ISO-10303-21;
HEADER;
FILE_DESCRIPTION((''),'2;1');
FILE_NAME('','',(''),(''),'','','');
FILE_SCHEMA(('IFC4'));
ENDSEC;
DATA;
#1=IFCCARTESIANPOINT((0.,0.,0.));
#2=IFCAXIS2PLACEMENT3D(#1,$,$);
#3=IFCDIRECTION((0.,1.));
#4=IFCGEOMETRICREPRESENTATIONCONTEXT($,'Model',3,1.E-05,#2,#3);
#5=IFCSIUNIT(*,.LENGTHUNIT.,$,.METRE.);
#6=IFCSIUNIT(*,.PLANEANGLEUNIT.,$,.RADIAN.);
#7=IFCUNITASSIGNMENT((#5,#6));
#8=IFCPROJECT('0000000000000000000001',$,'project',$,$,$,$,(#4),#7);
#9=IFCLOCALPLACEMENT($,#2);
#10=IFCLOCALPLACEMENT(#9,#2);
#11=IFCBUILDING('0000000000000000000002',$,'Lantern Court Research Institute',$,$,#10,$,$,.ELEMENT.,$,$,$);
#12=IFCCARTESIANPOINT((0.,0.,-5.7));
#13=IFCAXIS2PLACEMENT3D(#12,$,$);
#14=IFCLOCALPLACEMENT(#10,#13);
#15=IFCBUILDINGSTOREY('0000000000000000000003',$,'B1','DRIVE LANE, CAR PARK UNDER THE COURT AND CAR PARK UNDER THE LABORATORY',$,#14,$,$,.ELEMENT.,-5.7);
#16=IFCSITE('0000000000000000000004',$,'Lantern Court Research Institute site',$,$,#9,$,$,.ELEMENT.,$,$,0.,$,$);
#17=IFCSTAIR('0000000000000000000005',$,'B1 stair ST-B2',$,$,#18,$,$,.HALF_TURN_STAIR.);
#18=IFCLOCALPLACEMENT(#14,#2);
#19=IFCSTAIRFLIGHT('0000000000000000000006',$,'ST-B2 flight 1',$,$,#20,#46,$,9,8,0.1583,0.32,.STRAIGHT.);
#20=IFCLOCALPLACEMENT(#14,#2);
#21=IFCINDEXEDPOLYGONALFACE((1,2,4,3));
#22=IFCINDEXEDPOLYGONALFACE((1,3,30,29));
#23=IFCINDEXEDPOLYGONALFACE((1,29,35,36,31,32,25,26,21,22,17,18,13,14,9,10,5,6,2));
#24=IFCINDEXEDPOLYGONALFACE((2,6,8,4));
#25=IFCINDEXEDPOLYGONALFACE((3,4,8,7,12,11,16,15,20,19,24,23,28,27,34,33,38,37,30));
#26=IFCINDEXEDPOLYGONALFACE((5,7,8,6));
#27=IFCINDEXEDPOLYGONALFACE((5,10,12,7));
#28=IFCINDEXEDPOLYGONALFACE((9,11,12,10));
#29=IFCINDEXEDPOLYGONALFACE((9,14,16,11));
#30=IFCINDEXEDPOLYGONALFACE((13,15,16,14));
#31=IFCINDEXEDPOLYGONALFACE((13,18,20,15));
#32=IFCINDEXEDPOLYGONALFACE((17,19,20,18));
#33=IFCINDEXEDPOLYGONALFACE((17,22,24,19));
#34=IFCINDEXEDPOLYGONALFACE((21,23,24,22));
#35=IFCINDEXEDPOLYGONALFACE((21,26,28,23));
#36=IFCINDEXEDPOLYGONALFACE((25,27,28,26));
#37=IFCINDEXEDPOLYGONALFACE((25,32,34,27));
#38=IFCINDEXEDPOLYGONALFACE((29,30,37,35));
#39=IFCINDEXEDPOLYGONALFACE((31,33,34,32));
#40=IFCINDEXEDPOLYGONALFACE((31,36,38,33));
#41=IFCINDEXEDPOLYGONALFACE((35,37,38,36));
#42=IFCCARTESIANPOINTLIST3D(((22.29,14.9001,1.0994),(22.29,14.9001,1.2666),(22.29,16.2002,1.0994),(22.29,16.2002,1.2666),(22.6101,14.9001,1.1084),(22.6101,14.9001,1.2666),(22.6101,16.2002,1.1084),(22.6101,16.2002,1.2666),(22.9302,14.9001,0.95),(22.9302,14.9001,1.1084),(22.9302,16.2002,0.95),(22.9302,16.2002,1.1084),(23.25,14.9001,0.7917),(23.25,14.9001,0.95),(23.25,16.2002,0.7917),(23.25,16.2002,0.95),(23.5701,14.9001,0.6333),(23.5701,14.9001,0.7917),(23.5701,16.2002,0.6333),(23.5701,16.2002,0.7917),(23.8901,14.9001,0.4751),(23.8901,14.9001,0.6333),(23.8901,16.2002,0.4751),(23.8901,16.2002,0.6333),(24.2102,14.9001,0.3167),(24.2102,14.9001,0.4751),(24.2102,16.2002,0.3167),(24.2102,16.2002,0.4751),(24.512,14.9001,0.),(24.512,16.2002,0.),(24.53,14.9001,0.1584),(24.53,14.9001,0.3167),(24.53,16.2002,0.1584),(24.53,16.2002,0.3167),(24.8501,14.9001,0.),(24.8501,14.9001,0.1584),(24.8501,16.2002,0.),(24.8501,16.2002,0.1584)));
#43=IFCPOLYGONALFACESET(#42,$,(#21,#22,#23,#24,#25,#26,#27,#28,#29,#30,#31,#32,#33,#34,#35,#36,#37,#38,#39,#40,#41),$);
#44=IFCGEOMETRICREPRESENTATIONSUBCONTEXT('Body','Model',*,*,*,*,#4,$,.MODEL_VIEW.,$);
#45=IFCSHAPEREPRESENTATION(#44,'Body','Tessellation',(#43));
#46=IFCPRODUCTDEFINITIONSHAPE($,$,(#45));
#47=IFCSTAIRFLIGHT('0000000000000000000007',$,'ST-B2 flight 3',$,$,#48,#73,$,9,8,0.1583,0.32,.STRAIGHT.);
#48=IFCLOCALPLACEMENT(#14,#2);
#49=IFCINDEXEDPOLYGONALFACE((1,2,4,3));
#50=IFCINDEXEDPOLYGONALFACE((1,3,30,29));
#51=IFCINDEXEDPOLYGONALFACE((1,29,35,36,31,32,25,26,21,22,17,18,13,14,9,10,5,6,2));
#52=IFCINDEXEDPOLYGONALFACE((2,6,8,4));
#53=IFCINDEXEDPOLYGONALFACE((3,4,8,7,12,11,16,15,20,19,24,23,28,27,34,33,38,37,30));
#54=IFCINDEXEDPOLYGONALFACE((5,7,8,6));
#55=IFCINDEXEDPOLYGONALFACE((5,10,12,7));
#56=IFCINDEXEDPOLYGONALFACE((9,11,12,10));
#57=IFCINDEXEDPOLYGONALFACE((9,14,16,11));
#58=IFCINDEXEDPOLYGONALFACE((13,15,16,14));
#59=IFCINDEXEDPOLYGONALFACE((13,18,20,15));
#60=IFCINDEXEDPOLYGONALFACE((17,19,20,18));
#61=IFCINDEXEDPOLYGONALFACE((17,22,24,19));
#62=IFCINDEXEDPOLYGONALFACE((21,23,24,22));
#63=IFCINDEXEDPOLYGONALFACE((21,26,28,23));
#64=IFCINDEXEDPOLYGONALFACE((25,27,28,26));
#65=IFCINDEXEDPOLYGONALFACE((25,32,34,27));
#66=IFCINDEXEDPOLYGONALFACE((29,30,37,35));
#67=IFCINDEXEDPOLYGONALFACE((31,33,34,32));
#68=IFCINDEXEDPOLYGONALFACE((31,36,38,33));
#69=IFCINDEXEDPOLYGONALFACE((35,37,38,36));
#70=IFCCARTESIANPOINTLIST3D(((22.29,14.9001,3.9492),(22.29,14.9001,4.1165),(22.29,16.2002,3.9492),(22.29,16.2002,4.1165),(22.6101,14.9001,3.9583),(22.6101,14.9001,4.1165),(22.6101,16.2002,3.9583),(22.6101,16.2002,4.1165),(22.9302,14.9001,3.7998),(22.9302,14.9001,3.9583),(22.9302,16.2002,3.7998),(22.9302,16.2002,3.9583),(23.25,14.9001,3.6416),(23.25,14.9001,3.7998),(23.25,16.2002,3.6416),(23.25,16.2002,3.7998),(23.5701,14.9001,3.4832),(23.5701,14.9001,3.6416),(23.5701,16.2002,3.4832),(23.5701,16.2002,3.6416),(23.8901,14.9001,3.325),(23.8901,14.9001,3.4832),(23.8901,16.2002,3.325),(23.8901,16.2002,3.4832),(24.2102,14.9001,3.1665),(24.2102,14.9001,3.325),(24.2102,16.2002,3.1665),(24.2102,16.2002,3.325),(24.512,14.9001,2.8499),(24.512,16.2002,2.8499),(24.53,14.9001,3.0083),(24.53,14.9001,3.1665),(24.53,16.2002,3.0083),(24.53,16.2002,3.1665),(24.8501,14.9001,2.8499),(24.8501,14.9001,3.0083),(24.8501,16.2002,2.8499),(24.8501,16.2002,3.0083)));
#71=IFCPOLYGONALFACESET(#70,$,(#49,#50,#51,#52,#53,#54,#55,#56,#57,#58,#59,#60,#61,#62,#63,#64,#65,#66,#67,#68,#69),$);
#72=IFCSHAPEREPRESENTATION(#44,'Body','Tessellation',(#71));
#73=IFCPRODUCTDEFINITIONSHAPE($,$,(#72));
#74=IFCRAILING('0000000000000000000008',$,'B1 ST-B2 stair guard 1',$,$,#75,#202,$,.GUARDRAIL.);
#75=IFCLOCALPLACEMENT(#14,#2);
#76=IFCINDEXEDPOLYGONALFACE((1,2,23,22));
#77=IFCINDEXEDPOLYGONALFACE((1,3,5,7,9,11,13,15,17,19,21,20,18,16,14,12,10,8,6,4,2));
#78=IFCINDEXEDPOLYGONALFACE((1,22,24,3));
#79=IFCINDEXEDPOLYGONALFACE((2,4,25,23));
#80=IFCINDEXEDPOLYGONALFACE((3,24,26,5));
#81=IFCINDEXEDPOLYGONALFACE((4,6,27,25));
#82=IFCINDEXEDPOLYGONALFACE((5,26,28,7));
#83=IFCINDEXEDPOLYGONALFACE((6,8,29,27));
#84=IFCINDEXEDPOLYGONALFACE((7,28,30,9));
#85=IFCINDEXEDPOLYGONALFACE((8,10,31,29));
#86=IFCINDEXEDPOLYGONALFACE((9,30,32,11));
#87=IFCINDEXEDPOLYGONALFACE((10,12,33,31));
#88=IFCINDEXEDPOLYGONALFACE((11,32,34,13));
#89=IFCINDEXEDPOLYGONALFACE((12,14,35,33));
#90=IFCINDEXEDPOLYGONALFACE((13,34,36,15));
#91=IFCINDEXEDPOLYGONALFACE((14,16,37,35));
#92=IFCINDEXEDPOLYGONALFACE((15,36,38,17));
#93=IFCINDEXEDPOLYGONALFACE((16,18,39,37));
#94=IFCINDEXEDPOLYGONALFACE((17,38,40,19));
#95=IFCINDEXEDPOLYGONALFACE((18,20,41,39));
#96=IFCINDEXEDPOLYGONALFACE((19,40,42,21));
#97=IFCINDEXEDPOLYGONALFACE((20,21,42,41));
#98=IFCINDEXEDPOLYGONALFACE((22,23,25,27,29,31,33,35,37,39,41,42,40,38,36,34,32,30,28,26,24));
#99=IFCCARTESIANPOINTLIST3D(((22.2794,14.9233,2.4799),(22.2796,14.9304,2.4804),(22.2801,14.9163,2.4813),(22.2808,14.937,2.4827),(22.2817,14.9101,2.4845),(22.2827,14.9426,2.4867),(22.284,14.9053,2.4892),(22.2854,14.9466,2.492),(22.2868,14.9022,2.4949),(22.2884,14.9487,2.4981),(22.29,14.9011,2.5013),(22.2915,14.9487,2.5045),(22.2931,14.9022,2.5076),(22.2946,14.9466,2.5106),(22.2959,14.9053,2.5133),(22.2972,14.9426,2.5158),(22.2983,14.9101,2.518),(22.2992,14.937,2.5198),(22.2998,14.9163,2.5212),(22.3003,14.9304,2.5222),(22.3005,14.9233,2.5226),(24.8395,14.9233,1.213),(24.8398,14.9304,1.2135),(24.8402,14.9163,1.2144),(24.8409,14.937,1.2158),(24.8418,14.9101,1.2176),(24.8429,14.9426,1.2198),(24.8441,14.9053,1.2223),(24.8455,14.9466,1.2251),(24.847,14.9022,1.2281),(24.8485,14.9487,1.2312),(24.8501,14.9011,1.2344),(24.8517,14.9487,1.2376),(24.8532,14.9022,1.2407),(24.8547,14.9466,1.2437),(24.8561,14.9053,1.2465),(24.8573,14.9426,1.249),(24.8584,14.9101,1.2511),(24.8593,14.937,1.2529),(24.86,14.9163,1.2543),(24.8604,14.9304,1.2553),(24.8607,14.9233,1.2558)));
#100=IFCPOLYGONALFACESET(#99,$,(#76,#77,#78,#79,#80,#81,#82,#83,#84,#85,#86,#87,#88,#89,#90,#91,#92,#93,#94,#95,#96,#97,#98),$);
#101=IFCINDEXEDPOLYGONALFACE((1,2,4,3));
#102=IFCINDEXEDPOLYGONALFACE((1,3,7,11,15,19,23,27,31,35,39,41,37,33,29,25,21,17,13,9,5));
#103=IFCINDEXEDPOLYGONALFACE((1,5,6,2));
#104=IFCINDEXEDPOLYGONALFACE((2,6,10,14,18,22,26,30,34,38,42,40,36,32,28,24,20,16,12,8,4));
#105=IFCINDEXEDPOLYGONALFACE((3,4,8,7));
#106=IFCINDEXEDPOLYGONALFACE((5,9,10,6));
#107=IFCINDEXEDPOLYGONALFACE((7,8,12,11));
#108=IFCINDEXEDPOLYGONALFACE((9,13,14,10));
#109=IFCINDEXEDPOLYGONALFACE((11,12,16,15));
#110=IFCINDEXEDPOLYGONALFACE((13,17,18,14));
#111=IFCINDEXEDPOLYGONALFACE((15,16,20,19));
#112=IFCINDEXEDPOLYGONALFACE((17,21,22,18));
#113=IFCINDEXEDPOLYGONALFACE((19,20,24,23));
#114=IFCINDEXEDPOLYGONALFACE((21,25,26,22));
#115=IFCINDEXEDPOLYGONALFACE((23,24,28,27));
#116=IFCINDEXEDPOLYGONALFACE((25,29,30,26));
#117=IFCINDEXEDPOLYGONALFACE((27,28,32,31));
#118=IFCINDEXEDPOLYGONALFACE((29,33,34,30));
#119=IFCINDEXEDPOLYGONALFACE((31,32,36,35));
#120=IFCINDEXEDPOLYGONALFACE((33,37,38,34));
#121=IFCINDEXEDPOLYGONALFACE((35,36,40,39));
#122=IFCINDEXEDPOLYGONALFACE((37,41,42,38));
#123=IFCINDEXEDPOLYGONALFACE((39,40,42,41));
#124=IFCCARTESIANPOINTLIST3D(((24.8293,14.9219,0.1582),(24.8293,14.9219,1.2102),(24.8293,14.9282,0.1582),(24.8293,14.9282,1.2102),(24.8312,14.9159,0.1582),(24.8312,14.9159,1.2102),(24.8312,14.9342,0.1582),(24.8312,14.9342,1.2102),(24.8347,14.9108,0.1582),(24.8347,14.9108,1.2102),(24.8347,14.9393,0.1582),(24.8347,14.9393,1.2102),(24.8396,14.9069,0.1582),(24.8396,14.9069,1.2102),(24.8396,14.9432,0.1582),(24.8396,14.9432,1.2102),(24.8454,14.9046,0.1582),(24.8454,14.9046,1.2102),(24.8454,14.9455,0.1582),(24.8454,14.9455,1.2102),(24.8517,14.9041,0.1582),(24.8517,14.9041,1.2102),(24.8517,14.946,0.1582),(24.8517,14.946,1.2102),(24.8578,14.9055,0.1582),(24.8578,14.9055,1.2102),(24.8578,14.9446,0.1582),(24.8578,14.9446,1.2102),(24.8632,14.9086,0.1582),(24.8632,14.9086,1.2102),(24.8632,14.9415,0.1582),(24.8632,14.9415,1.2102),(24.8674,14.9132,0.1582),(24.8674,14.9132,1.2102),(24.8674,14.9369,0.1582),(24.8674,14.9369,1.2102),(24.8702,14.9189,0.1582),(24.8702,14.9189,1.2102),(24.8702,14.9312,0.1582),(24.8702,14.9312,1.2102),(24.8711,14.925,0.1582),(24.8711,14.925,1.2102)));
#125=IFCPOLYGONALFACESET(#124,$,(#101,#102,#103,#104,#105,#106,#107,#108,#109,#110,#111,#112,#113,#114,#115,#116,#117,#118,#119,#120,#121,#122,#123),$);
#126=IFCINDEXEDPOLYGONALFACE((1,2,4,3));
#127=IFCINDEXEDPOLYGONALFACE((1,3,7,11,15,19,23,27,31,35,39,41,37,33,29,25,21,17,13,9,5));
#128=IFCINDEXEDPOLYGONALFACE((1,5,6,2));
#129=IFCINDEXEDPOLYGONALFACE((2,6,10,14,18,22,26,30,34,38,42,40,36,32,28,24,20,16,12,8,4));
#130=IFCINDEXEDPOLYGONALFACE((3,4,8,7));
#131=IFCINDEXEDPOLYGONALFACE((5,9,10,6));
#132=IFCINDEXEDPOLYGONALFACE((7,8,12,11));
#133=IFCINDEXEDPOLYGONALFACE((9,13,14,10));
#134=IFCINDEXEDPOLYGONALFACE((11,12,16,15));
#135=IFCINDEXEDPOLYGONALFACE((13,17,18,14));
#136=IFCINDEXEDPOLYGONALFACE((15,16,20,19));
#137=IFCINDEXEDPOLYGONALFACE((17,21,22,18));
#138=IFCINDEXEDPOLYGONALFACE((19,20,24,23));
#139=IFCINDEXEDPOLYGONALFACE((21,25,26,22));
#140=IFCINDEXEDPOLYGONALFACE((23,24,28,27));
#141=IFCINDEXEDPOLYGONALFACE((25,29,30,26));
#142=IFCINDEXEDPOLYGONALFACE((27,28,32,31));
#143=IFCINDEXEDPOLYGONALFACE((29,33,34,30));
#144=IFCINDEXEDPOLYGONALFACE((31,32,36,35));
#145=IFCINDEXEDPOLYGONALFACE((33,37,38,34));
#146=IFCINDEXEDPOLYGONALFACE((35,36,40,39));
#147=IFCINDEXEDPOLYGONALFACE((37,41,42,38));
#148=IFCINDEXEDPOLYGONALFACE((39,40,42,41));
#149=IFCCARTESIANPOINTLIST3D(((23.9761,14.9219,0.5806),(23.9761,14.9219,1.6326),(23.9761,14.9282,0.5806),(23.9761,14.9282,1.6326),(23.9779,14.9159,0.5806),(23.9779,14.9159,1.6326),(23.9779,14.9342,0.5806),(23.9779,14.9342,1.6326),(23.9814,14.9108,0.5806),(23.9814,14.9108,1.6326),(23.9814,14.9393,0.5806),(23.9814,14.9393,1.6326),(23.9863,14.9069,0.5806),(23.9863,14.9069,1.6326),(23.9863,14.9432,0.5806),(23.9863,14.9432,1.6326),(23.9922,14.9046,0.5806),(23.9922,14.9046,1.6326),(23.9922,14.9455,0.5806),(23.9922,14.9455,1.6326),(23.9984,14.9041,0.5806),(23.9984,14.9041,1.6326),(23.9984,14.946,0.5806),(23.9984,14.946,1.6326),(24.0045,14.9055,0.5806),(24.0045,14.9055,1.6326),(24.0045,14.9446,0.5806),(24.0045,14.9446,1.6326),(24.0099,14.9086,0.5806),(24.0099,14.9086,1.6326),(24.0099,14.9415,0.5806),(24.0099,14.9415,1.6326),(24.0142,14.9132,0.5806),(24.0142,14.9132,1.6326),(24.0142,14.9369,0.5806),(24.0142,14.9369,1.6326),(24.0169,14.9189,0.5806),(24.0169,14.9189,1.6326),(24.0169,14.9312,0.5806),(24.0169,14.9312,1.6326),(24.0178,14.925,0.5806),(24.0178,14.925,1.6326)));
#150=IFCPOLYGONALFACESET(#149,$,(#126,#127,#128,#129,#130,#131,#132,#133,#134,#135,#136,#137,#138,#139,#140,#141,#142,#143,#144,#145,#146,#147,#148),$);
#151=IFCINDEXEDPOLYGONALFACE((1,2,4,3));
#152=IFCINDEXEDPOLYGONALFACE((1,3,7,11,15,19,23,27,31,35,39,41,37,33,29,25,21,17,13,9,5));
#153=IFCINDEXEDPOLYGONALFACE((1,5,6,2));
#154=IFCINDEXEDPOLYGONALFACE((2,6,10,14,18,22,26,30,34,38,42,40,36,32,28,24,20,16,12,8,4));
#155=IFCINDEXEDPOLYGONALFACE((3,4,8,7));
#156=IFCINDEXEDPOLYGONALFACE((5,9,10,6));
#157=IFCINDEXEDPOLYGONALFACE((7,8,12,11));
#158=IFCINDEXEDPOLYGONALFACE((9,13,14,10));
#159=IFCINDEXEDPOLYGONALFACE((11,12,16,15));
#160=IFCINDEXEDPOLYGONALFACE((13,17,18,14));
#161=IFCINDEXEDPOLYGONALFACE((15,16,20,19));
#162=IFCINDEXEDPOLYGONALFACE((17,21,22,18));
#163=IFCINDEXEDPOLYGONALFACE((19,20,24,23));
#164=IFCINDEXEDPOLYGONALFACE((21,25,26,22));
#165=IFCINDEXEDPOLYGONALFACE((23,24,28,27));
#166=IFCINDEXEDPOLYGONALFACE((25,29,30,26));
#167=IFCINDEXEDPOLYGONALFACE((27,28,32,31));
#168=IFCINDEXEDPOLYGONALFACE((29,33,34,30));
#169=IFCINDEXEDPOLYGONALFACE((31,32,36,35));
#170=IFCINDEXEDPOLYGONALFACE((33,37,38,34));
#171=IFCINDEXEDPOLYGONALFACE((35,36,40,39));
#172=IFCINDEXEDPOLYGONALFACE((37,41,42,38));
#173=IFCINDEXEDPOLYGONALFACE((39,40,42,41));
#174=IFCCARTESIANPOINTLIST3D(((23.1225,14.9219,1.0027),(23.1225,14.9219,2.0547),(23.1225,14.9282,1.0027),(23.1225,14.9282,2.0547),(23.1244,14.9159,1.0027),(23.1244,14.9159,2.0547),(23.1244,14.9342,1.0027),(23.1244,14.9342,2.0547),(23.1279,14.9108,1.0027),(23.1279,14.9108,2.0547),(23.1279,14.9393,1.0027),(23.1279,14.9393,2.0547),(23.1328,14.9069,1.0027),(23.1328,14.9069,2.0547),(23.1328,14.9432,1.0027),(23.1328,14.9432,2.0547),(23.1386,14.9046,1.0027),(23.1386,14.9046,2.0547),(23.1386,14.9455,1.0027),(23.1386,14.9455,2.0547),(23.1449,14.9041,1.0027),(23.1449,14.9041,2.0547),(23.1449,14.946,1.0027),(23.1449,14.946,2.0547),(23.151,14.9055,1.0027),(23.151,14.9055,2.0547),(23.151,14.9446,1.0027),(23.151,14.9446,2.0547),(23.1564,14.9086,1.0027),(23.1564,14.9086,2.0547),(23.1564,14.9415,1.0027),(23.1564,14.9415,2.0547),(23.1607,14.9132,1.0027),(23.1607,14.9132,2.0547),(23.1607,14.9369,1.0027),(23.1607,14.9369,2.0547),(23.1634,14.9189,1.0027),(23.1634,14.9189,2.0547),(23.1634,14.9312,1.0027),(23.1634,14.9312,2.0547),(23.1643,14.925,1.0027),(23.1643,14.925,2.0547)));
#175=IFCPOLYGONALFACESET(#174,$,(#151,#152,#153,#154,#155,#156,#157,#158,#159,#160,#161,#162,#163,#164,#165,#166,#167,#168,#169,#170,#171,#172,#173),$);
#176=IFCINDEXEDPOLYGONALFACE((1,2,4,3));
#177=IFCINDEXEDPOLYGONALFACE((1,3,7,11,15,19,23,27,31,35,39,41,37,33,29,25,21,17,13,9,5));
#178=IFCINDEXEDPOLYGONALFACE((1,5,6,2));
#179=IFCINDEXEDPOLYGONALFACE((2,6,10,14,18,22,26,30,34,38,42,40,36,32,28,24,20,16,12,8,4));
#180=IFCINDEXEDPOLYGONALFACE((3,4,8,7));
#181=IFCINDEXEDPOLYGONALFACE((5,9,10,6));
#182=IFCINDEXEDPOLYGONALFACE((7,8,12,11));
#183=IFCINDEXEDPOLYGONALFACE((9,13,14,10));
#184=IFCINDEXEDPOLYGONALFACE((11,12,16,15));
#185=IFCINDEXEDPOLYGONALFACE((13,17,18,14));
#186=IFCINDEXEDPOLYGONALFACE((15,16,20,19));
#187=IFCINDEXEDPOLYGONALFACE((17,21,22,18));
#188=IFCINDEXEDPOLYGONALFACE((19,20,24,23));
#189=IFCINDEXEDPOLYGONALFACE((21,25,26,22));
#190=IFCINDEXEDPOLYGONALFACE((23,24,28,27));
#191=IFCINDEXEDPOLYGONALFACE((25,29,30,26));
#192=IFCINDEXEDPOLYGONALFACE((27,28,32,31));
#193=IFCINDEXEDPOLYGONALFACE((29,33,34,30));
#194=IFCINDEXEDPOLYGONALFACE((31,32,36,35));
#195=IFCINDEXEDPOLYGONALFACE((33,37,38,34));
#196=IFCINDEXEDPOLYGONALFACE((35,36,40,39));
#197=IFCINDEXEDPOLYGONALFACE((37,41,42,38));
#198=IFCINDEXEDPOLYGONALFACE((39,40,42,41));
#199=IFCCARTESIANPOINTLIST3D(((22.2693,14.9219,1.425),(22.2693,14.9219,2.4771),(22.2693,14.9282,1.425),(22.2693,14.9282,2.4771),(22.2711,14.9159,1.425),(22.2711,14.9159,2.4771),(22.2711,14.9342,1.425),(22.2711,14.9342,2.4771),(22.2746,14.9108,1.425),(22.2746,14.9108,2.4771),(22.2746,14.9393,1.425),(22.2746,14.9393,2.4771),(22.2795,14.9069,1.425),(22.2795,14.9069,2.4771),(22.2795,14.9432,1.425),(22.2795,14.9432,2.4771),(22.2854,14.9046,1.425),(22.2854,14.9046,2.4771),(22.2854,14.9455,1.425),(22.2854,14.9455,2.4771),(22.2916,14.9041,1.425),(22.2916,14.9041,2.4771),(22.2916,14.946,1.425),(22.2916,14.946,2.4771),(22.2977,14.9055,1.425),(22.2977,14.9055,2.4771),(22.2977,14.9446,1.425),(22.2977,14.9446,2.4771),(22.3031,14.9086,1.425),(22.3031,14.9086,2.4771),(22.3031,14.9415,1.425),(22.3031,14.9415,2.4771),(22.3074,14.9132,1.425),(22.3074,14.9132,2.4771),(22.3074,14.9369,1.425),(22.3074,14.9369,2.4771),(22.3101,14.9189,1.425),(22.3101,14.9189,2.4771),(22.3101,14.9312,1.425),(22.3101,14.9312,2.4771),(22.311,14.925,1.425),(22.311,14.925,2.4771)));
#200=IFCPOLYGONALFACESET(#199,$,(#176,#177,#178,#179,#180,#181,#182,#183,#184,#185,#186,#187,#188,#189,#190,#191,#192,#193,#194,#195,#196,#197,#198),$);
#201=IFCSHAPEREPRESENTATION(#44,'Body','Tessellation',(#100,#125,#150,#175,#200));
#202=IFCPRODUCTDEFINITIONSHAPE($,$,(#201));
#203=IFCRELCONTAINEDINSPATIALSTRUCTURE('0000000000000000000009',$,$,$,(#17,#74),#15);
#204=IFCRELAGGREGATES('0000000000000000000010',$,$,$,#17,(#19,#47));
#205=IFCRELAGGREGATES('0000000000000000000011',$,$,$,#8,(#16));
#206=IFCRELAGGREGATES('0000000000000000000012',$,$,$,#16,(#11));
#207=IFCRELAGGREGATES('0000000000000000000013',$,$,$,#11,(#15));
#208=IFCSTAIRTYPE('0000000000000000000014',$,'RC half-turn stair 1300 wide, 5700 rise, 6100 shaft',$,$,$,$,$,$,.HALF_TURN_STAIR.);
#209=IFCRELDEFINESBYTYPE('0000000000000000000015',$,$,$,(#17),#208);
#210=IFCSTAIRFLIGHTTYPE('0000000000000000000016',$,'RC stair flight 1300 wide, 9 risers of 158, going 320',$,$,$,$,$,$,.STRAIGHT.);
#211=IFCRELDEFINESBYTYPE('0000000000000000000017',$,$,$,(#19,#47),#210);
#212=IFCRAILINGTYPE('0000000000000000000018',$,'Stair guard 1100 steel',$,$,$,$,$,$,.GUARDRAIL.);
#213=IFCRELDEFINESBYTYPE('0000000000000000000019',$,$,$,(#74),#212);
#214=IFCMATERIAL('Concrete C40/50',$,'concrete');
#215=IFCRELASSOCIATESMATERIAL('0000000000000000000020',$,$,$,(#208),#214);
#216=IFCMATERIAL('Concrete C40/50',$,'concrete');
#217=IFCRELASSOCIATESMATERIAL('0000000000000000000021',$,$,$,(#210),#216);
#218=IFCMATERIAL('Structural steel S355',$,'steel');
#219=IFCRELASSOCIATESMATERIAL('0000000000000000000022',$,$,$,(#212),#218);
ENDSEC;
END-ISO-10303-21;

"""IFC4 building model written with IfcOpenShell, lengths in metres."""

from ifc_helpers import new_model, si_unit, direction, frame, origin, origin_2d, place, context, subcontext, project, spatial, polyline, circle, outline, extrude, material, type_object, element, aggregate, save


model = new_model("IFC4")

# Units and contexts
model_context = context("Model", 3, precision=1e-05, world=origin(), true_north=direction((0.0, 1.0)))
body_context = subcontext(model_context, "Body", "Model", "MODEL_VIEW")
ifc_project = project(units=[si_unit("LENGTHUNIT", "METRE"), si_unit("PLANEANGLEUNIT", "RADIAN")], contexts=[model_context])

# Site, building, storey
site_placement = place(None, origin())
site = spatial("IfcSite", under=ifc_project, at=site_placement, Name="Lantern Court Research Institute site", CompositionType="ELEMENT", RefElevation=0.0)
building_placement = place(site_placement, origin())
building = spatial("IfcBuilding", under=site, at=building_placement, Name="Lantern Court Research Institute", CompositionType="ELEMENT")
storey_placement = place(building_placement, frame((0.0, 0.0, -5.7)))
storey = spatial("IfcBuildingStorey", under=building, at=storey_placement, Name="B1", Description="DRIVE LANE, CAR PARK UNDER THE COURT AND CAR PARK UNDER THE LABORATORY", CompositionType="ELEMENT", Elevation=-5.7)

# Stair, stair flights
ifc_material_1 = material(Name="Concrete C40/50", Category="concrete")
stair_type = type_object("IfcStairType", Name="RC half-turn stair 1300 wide, 5700 rise, 6100 shaft", PredefinedType="HALF_TURN_STAIR", material=ifc_material_1)
stair_placement = place(storey_placement, origin())
stair = element("IfcStair", 1, at=stair_placement, inside=storey, type_object=stair_type, Name="B1 stair ST-B2", PredefinedType="HALF_TURN_STAIR")
ifc_material_2 = material(Name="Concrete C40/50", Category="concrete")
stair_flight_type = type_object("IfcStairFlightType", Name="RC stair flight 1300 wide, 9 risers of 158, going 320", PredefinedType="STRAIGHT", material=ifc_material_2)
stair_flight_1_placement = place(storey_placement, frame((24.8501, 15.55, 0.0), z_axis=(0.0, 0.0, 1.0), x_axis=(-1.0, 0.0, 0.0)))
stair_flight_1 = element("IfcStairFlight", 2, at=stair_flight_1_placement, type_object=stair_flight_type, Name="ST-B2 flight 1", NumberOfRisers=9, NumberOfTreads=8, PredefinedType="STRAIGHT", RiserHeight=0.1583, TreadLength=0.32, context=body_context, shape_type="SweptSolid", body=[
    extrude(outline(polyline([(0.0, 0.0), (0.0, 0.1584), (0.3201, 0.1584), (0.3201, 0.3167), (0.6399, 0.3167), (0.6399, 0.4751), (0.96, 0.4751), (0.96, 0.6333), (1.28, 0.6333), (1.28, 0.7917), (1.6001, 0.7917), (1.6001, 0.95), (1.9199, 0.95), (1.9199, 1.1084), (2.24, 1.1084), (2.24, 1.2666), (2.5601, 1.2666), (2.5601, 1.425), (2.5601, 1.0994), (0.3381, 0.0), (0.0, 0.0)])), frame((0.0, 0.6499, 0.0), z_axis=(0.0, -1.0, 0.0), x_axis=(1.0, 0.0, 0.0)), (0.0, 0.0, 1.0), 1.3),
])
stair_flight_2_placement = place(storey_placement, frame((24.8501, 15.55, 2.8499), z_axis=(0.0, 0.0, 1.0), x_axis=(-1.0, 0.0, 0.0)))
stair_flight_2 = element("IfcStairFlight", 3, at=stair_flight_2_placement, type_object=stair_flight_type, Name="ST-B2 flight 3", NumberOfRisers=9, NumberOfTreads=8, PredefinedType="STRAIGHT", RiserHeight=0.1583, TreadLength=0.32, context=body_context, shape_type="SweptSolid", body=[
    extrude(outline(polyline([(0.0, 0.0), (0.0, 0.1584), (0.3201, 0.1584), (0.3201, 0.3167), (0.6399, 0.3167), (0.6399, 0.4751), (0.96, 0.4751), (0.96, 0.6333), (1.28, 0.6333), (1.28, 0.7917), (1.6001, 0.7917), (1.6001, 0.95), (1.9199, 0.95), (1.9199, 1.1084), (2.24, 1.1084), (2.24, 1.2666), (2.5601, 1.2666), (2.5601, 1.425), (2.5601, 1.0994), (0.3381, 0.0), (0.0, 0.0)])), frame((0.0, 0.6499, 0.0), z_axis=(0.0, -1.0, 0.0), x_axis=(1.0, 0.0, 0.0)), (0.0, 0.0, 1.0), 1.3),
])
aggregate(stair, [stair_flight_1, stair_flight_2])

# Railing
ifc_material_3 = material(Name="Structural steel S355", Category="steel")
railing_type_1 = type_object("IfcRailingType", Name="Stair guard 1100 steel", PredefinedType="GUARDRAIL", material=ifc_material_3)
railing_1_placement = place(storey_placement, frame((24.8501, 14.925, 0.1582)))
element("IfcRailing", 4, at=railing_1_placement, inside=storey, type_object=railing_type_1, Name="B1 ST-B2 stair guard 1", PredefinedType="GUARDRAIL", context=body_context, shape_type="SweptSolid", body=[
    extrude(circle(Radius=0.0239, at=origin_2d()), frame((0.0, 0.0, 1.0762), z_axis=(-0.896266, 0.0, 0.443517), x_axis=(0.0, -1.0, 0.0)), (0.0, 0.0, 1.0), 2.8564),
    extrude(circle(Radius=0.021, at=origin_2d()), origin(), (0.0, 0.0, 1.0), 1.052),
    extrude(circle(Radius=0.021, at=origin_2d()), frame((-0.8533, 0.0, 0.4224)), (0.0, 0.0, 1.0), 1.052),
    extrude(circle(Radius=0.021, at=origin_2d()), frame((-1.7068, 0.0, 0.8445)), (0.0, 0.0, 1.0), 1.052),
    extrude(circle(Radius=0.021, at=origin_2d()), frame((-2.5601, 0.0, 1.2668)), (0.0, 0.0, 1.0), 1.052),
])

save(model, "model.ifc")
